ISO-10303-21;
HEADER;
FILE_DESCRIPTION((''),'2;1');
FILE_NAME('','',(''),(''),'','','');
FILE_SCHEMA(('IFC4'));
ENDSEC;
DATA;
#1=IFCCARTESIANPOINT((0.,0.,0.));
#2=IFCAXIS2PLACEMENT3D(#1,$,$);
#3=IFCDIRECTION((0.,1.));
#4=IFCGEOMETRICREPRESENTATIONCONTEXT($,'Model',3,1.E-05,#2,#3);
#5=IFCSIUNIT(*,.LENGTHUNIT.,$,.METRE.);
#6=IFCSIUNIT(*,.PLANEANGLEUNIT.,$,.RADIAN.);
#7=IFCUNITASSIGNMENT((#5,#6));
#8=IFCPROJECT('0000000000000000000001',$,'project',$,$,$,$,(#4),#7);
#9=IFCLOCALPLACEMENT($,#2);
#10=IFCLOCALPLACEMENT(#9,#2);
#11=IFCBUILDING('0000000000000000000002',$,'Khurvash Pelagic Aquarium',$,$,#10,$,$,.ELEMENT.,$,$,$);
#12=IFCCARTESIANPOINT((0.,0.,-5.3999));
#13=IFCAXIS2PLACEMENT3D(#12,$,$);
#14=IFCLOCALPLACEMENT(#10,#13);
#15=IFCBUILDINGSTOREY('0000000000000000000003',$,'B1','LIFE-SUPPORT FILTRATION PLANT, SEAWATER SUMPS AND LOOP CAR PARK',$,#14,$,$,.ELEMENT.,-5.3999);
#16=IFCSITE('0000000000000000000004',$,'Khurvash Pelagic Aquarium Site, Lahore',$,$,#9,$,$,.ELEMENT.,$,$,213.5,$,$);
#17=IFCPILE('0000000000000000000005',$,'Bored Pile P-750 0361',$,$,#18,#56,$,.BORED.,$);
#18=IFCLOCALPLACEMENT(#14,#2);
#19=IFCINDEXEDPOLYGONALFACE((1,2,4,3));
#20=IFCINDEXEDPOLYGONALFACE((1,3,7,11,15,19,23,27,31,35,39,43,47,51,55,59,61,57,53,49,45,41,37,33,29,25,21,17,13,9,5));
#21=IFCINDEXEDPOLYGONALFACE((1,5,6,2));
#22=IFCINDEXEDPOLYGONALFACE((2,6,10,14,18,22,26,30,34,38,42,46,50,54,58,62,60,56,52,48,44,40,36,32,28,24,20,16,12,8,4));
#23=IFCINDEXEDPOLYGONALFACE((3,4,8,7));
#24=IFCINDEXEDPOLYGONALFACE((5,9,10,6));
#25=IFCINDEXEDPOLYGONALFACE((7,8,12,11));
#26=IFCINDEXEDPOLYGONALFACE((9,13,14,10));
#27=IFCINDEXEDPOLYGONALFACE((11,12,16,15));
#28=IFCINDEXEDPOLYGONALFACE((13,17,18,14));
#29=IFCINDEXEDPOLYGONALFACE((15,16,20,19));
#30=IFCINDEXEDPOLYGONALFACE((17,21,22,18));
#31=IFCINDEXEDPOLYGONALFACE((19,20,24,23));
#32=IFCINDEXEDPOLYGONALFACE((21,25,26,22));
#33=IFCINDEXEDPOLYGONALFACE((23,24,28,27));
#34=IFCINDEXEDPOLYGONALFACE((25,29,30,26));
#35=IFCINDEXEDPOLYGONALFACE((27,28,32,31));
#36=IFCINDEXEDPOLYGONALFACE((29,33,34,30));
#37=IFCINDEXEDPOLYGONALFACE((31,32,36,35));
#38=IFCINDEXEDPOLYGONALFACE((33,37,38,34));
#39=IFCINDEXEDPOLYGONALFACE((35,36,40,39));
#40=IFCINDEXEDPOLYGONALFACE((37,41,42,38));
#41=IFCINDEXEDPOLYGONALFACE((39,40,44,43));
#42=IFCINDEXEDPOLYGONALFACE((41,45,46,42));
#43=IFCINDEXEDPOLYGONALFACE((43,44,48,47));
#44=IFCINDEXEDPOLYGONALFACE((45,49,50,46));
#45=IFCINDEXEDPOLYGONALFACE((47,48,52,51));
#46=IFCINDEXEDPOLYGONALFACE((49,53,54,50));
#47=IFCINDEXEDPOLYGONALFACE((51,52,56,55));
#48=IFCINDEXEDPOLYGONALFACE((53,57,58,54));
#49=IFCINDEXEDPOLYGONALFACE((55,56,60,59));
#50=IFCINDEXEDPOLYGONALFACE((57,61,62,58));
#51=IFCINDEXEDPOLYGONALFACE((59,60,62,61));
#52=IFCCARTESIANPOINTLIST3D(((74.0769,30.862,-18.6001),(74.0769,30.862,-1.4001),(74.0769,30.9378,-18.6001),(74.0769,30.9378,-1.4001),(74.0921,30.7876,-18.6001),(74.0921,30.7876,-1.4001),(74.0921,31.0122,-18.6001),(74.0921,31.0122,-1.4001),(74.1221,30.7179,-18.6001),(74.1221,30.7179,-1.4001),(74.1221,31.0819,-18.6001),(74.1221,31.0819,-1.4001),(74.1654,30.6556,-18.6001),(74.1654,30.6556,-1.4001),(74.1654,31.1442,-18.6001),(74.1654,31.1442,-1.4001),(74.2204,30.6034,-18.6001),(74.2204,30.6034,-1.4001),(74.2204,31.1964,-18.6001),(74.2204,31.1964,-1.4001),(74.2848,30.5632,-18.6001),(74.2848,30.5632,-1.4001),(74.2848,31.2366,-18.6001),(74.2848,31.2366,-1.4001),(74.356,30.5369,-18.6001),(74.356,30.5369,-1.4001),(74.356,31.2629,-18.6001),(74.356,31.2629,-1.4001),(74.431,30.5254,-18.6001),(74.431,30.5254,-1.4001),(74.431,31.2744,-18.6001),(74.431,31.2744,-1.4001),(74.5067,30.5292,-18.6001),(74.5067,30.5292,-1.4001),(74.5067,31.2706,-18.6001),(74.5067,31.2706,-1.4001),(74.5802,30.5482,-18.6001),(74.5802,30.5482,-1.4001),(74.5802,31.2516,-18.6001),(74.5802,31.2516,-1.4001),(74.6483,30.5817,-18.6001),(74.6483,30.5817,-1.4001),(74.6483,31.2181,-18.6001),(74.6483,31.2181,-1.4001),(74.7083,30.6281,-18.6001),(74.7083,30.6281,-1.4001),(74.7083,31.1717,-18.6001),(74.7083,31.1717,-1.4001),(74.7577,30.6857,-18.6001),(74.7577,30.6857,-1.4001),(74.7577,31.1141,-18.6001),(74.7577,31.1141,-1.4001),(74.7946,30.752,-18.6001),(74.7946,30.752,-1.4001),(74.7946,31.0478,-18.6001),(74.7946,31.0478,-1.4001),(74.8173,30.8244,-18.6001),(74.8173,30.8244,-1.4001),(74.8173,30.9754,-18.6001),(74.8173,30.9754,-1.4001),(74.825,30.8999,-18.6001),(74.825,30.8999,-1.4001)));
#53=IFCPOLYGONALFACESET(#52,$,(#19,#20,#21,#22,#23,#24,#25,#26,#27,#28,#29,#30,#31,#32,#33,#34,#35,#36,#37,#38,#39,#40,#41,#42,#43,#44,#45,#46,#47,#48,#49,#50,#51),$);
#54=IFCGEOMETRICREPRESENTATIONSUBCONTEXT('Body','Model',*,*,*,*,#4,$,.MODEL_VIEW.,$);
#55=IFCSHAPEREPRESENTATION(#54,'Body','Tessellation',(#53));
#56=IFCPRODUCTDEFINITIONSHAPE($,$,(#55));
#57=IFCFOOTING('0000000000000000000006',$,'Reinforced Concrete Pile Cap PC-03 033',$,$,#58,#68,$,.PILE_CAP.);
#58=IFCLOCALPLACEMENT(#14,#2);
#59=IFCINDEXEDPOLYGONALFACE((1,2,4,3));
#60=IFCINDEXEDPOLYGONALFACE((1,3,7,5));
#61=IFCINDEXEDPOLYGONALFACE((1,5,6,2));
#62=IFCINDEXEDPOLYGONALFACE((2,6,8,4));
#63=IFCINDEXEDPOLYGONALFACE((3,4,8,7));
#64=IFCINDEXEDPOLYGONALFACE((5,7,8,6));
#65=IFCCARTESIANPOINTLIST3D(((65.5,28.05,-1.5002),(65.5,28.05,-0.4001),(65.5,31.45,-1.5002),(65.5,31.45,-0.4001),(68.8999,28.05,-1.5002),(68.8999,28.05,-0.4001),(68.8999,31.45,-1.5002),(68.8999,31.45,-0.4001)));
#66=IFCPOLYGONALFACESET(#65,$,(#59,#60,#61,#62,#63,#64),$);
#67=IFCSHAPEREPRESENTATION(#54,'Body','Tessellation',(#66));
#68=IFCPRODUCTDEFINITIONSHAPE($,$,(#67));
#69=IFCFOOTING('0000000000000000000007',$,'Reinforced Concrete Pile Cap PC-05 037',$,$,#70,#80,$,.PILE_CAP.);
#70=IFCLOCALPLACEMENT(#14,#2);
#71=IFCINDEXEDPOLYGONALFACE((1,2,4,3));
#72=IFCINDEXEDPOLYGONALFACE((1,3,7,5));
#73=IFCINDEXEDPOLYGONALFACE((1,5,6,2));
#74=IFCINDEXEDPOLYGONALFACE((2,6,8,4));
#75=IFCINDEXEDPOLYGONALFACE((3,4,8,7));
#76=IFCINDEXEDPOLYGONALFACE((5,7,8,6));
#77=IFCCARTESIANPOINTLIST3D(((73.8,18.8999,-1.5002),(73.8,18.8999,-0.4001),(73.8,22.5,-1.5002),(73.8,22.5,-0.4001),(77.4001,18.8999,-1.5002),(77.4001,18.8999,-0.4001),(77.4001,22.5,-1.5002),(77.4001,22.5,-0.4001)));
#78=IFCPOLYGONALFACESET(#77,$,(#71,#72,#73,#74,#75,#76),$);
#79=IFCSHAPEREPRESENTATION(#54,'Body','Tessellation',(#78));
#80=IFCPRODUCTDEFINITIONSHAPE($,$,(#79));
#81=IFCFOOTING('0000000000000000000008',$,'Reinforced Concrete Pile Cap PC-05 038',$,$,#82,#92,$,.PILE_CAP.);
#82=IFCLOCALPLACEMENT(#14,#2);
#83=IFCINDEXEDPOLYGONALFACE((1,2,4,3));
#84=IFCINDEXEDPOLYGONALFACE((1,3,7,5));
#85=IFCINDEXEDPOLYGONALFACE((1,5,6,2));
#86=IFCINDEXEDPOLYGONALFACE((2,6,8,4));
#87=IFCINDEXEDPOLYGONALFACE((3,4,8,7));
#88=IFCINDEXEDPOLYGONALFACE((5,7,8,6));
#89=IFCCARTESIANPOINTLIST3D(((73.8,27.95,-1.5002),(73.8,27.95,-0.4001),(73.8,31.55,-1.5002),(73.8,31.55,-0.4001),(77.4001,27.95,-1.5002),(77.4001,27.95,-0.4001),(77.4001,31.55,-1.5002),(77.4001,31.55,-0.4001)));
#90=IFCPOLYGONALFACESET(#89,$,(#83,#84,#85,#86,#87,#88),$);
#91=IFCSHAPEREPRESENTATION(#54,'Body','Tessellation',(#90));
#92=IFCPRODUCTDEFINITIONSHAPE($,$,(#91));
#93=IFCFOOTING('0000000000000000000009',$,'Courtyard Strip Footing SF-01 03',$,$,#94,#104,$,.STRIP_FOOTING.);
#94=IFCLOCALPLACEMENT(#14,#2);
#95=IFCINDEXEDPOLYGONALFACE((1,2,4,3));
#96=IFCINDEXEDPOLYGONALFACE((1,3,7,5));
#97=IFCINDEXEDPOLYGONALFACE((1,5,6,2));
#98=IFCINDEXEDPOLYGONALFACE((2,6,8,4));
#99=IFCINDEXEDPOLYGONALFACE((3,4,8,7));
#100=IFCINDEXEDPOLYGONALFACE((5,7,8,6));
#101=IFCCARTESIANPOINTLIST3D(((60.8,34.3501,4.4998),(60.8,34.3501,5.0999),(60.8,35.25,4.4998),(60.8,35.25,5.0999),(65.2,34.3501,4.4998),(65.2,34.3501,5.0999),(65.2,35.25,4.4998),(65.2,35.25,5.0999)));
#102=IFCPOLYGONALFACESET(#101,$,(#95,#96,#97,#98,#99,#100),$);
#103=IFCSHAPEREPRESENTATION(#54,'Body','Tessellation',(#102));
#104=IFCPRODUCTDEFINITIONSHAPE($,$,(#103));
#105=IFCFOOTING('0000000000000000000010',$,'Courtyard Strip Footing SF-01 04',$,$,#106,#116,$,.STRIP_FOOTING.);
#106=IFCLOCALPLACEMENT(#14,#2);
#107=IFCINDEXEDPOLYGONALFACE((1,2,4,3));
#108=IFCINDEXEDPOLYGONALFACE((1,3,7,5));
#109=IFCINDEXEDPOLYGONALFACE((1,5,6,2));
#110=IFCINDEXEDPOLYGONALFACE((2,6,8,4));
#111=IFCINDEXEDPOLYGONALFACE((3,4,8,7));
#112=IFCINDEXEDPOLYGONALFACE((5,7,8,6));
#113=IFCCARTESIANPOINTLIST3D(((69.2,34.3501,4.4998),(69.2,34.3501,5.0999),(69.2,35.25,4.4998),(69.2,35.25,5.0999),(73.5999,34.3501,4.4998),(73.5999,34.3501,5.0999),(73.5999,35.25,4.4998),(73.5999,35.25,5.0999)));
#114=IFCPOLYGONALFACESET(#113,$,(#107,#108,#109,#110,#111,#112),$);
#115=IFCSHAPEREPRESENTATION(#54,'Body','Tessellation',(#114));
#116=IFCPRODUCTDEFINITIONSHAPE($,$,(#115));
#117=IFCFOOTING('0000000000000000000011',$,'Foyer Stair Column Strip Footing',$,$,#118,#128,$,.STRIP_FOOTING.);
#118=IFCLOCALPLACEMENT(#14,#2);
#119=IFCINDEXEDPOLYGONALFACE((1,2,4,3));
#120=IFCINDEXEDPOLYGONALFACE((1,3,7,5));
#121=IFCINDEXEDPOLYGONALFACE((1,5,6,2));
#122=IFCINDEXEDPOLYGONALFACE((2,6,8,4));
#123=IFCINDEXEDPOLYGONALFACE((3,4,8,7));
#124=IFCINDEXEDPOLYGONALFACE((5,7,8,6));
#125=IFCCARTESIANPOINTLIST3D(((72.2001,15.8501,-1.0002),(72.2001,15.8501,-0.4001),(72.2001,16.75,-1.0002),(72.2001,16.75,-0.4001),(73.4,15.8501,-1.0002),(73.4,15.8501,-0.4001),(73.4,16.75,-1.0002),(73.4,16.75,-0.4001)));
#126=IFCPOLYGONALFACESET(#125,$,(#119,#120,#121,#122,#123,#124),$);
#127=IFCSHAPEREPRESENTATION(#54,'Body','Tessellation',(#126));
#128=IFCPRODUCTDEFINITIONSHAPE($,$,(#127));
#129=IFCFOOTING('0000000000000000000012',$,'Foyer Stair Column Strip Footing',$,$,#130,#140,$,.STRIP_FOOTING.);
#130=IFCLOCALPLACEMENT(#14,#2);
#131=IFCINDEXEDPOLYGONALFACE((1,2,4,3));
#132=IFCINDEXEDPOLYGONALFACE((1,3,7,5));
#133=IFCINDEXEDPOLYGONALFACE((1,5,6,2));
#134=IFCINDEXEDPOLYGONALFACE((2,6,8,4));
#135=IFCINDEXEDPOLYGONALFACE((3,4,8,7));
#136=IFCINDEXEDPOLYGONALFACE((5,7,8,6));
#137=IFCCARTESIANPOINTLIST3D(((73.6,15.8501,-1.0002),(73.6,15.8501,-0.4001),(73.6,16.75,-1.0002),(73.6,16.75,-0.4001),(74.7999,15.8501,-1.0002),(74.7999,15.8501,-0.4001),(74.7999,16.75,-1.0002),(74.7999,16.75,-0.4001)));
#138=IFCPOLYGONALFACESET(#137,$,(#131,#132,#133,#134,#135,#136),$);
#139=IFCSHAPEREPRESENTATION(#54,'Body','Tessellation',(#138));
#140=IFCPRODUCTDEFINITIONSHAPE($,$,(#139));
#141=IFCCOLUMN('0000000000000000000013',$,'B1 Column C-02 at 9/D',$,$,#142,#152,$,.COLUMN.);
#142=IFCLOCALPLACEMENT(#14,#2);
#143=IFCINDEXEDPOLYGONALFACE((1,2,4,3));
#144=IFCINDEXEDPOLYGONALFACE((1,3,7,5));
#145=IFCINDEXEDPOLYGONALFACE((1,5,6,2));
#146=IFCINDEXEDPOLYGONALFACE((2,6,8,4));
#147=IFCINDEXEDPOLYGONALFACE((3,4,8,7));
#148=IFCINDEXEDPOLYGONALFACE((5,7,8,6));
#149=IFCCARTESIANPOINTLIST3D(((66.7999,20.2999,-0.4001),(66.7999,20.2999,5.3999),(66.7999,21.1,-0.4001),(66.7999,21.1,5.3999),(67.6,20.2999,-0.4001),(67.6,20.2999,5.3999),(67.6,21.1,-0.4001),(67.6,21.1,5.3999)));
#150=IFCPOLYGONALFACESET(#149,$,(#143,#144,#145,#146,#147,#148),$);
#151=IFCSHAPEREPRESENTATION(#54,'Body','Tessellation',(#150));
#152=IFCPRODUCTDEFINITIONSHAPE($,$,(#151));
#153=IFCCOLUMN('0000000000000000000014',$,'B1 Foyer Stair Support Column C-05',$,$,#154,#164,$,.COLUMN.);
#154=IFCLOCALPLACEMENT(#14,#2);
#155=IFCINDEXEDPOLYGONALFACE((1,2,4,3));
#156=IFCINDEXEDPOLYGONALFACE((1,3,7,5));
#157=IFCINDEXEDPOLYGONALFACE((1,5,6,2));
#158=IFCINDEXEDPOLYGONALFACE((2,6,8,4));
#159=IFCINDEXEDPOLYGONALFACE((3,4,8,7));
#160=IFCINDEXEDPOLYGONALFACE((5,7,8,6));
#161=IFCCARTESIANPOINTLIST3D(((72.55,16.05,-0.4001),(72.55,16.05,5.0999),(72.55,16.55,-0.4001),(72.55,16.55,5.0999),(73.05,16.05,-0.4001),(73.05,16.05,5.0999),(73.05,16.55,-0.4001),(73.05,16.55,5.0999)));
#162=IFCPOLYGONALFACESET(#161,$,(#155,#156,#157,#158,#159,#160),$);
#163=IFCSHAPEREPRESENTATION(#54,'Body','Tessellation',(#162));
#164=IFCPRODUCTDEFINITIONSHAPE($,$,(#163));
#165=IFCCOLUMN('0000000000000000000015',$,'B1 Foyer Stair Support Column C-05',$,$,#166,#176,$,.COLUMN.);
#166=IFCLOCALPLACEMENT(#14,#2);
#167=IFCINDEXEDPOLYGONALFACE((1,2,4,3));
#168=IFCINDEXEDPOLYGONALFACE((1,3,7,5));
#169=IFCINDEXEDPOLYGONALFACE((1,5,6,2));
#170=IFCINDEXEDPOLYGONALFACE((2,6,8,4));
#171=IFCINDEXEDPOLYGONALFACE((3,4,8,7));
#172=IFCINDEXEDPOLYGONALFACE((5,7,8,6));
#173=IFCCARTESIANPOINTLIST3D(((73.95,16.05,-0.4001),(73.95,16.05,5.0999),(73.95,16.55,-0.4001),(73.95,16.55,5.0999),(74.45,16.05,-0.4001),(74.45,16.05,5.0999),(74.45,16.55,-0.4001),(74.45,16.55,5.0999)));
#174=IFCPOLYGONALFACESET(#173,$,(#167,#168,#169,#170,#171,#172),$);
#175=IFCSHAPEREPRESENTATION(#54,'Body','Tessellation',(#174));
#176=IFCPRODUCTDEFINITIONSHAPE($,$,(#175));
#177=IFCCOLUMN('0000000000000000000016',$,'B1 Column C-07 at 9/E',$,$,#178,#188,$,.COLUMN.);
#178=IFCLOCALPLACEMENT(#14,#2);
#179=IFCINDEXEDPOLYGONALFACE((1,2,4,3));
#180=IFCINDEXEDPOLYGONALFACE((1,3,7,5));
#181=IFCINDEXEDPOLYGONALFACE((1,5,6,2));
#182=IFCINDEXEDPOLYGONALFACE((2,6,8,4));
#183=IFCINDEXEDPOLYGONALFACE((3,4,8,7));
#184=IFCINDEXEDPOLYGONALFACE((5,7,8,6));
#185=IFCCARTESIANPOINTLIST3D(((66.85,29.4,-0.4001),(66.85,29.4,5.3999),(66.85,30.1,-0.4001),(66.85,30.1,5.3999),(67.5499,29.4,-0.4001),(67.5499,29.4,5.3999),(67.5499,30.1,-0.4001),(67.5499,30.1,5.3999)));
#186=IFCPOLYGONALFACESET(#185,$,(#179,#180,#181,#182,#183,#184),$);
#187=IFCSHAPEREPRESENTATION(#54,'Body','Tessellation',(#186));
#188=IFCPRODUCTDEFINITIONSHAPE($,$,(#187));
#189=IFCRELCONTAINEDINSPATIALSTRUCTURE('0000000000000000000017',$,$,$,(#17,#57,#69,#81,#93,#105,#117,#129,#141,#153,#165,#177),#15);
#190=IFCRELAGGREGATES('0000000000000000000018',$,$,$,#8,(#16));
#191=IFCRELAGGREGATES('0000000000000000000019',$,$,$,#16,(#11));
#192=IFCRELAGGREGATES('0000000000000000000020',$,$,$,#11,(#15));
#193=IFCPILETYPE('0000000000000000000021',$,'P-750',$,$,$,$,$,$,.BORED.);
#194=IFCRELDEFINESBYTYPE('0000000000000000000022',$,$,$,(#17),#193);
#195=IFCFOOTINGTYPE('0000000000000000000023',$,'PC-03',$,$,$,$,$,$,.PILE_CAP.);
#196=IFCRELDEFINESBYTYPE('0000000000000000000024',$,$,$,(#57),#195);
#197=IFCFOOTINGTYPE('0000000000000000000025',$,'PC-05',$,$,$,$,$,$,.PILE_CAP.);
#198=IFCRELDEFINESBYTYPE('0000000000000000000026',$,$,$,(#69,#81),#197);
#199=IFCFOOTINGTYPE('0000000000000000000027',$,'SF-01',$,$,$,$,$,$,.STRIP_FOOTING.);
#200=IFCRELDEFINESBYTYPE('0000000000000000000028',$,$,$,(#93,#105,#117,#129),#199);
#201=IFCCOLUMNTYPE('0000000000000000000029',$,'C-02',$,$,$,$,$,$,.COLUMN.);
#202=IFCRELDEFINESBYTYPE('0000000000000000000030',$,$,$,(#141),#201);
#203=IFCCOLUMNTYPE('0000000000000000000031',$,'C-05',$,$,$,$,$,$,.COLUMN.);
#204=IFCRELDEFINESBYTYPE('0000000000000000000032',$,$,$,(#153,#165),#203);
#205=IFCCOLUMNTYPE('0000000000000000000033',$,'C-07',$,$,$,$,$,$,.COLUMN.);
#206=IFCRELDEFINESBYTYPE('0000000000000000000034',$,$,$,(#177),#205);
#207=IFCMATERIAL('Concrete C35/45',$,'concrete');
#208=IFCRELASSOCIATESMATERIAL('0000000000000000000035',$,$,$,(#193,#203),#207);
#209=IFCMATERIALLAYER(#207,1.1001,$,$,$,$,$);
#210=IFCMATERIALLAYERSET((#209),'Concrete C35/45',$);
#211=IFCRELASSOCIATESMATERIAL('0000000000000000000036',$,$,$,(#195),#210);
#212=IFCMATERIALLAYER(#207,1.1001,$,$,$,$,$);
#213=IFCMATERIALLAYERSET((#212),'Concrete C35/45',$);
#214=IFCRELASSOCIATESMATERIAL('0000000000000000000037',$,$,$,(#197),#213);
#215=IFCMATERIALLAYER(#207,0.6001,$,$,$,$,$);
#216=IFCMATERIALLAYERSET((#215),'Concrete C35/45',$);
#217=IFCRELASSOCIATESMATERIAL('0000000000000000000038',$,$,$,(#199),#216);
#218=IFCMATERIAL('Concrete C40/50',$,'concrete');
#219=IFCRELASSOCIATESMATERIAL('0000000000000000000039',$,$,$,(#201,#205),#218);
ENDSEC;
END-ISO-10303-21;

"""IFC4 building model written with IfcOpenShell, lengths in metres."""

from ifc_helpers import new_model, si_unit, direction, frame, origin, origin_2d, place, context, subcontext, project, spatial, rectangle, circle, extrude, material, layer, layer_set, material_profile, profile_set, type_object, element, save


model = new_model("IFC4")

# Units and contexts
model_context = context("Model", 3, precision=1e-05, world=origin(), true_north=direction((0.0, 1.0)))
body_context = subcontext(model_context, "Body", "Model", "MODEL_VIEW")
ifc_project = project(units=[si_unit("LENGTHUNIT", "METRE"), si_unit("PLANEANGLEUNIT", "RADIAN")], contexts=[model_context])

# Site, building, storey
site_placement = place(None, origin())
site = spatial("IfcSite", under=ifc_project, at=site_placement, Name="Khurvash Pelagic Aquarium Site, Lahore", CompositionType="ELEMENT", RefElevation=213.5)
building_placement = place(site_placement, origin())
building = spatial("IfcBuilding", under=site, at=building_placement, Name="Khurvash Pelagic Aquarium", CompositionType="ELEMENT")
storey_placement = place(building_placement, frame((0.0, 0.0, -5.3999)))
storey = spatial("IfcBuildingStorey", under=building, at=storey_placement, Name="B1", Description="LIFE-SUPPORT FILTRATION PLANT, SEAWATER SUMPS AND LOOP CAR PARK", CompositionType="ELEMENT", Elevation=-5.3999)

# Shared definitions
ifc_material_1 = material(Name="Concrete C35/45", Category="concrete")

# Pile
ifc_material_profile_1 = material_profile(ifc_material_1, circle(Radius=0.375, at=origin_2d()), Name="PILE750")
ifc_profile_set_1 = profile_set([ifc_material_profile_1], Name="Concrete C35/45")
pile_type = type_object("IfcPileType", Name="P-750", PredefinedType="BORED", material=ifc_profile_set_1)
for number, where, z_axis, x_axis, name in (
    (1, (74.45, 30.8999, -1.4001), (0.0, 0.0, -1.0), (1.0, 0.0, 0.0), "Bored Pile P-750 0361"),
):
    element("IfcPile", number, at=place(storey_placement, frame(where, z_axis=z_axis, x_axis=x_axis)), inside=storey, type_object=pile_type, Name=name, PredefinedType="BORED", context=body_context, shape_type="SweptSolid", body=[
        extrude(circle(Radius=0.375, at=origin_2d()), origin(), (0.0, 0.0, 1.0), 17.2),
    ])

# Footings
ifc_layer_1 = layer(ifc_material_1, 1.1001)
ifc_layer_set_1 = layer_set([ifc_layer_1], Name="Concrete C35/45")
footing_type_1 = type_object("IfcFootingType", Name="PC-03", PredefinedType="PILE_CAP", material=ifc_layer_set_1)
footing_placement = place(storey_placement, frame((67.2, 29.75, -1.5002), z_axis=(0.0, 0.0, 1.0), x_axis=(1.0, 0.0, 0.0)))
element("IfcFooting", 2, at=footing_placement, inside=storey, type_object=footing_type_1, Name="Reinforced Concrete Pile Cap PC-03 033", PredefinedType="PILE_CAP", context=body_context, shape_type="SweptSolid", body=[
    extrude(rectangle(XDim=3.3999, YDim=3.3999, at=origin_2d()), origin(), (0.0, 0.0, 1.0), 1.1001),
])
ifc_layer_2 = layer(ifc_material_1, 1.1001)
ifc_layer_set_2 = layer_set([ifc_layer_2], Name="Concrete C35/45")
footing_type_2 = type_object("IfcFootingType", Name="PC-05", PredefinedType="PILE_CAP", material=ifc_layer_set_2)
for number, where, z_axis, x_axis, name in (
    (3, (75.6001, 20.7, -1.5002), (0.0, 0.0, 1.0), (1.0, 0.0, 0.0), "Reinforced Concrete Pile Cap PC-05 037"),
    (4, (75.6001, 29.75, -1.5002), (0.0, 0.0, 1.0), (1.0, 0.0, 0.0), "Reinforced Concrete Pile Cap PC-05 038"),
):
    element("IfcFooting", number, at=place(storey_placement, frame(where, z_axis=z_axis, x_axis=x_axis)), inside=storey, type_object=footing_type_2, Name=name, PredefinedType="PILE_CAP", context=body_context, shape_type="SweptSolid", body=[
        extrude(rectangle(XDim=3.6001, YDim=3.6001, at=origin_2d()), origin(), (0.0, 0.0, 1.0), 1.1001),
    ])
ifc_layer_3 = layer(ifc_material_1, 0.6001)
ifc_layer_set_3 = layer_set([ifc_layer_3], Name="Concrete C35/45")
footing_type_3 = type_object("IfcFootingType", Name="SF-01", PredefinedType="STRIP_FOOTING", material=ifc_layer_set_3)
for number, where, z_axis, x_axis, name in (
    (5, (63.0, 34.8, 4.4998), (0.0, 0.0, 1.0), (1.0, 0.0, 0.0), "Courtyard Strip Footing SF-01 03"),
    (6, (71.3999, 34.8, 4.4998), (0.0, 0.0, 1.0), (1.0, 0.0, 0.0), "Courtyard Strip Footing SF-01 04"),
):
    element("IfcFooting", number, at=place(storey_placement, frame(where, z_axis=z_axis, x_axis=x_axis)), inside=storey, type_object=footing_type_3, Name=name, PredefinedType="STRIP_FOOTING", context=body_context, shape_type="SweptSolid", body=[
        extrude(rectangle(XDim=4.3999, YDim=0.8999, at=origin_2d()), origin(), (0.0, 0.0, 1.0), 0.6001),
    ])
for number, where, z_axis, x_axis, name in (
    (7, (72.8, 16.3, -1.0002), (0.0, 0.0, 1.0), (1.0, 0.0, 0.0), "Foyer Stair Column Strip Footing"),
    (8, (74.2, 16.3, -1.0002), (0.0, 0.0, 1.0), (1.0, 0.0, 0.0), "Foyer Stair Column Strip Footing"),
):
    element("IfcFooting", number, at=place(storey_placement, frame(where, z_axis=z_axis, x_axis=x_axis)), inside=storey, type_object=footing_type_3, Name=name, PredefinedType="STRIP_FOOTING", context=body_context, shape_type="SweptSolid", body=[
        extrude(rectangle(XDim=1.2, YDim=0.8999, at=origin_2d()), origin(), (0.0, 0.0, 1.0), 0.6001),
    ])

# Columns
ifc_material_2 = material(Name="Concrete C40/50", Category="concrete")
ifc_material_profile_2 = material_profile(ifc_material_2, rectangle(XDim=0.8, YDim=0.8, at=origin_2d()), Name="RC800X800")
ifc_profile_set_2 = profile_set([ifc_material_profile_2], Name="Concrete C40/50")
column_type_1 = type_object("IfcColumnType", Name="C-02", PredefinedType="COLUMN", material=ifc_profile_set_2)
column_1_placement = place(storey_placement, frame((67.2, 20.7, -0.4001), z_axis=(0.0, 0.0, 1.0), x_axis=(1.0, 0.0, 0.0)))
element("IfcColumn", 9, at=column_1_placement, inside=storey, type_object=column_type_1, Name="B1 Column C-02 at 9/D", PredefinedType="COLUMN", context=body_context, shape_type="SweptSolid", body=[
    extrude(rectangle(XDim=0.8, YDim=0.8, at=origin_2d()), origin(), (0.0, 0.0, 1.0), 5.8),
])
ifc_material_profile_3 = material_profile(ifc_material_1, rectangle(XDim=0.5, YDim=0.5, at=origin_2d()), Name="RC500X500")
ifc_profile_set_3 = profile_set([ifc_material_profile_3], Name="Concrete C35/45")
column_type_2 = type_object("IfcColumnType", Name="C-05", PredefinedType="COLUMN", material=ifc_profile_set_3)
for number, where, z_axis, x_axis, name in (
    (10, (72.8, 16.3, -0.4001), (0.0, 0.0, 1.0), (1.0, 0.0, 0.0), "B1 Foyer Stair Support Column C-05"),
    (11, (74.2, 16.3, -0.4001), (0.0, 0.0, 1.0), (1.0, 0.0, 0.0), "B1 Foyer Stair Support Column C-05"),
):
    element("IfcColumn", number, at=place(storey_placement, frame(where, z_axis=z_axis, x_axis=x_axis)), inside=storey, type_object=column_type_2, Name=name, PredefinedType="COLUMN", context=body_context, shape_type="SweptSolid", body=[
        extrude(rectangle(XDim=0.5, YDim=0.5, at=origin_2d()), origin(), (0.0, 0.0, 1.0), 5.5),
    ])
ifc_material_profile_4 = material_profile(ifc_material_2, rectangle(XDim=0.7, YDim=0.7, at=origin_2d()), Name="RC700X700")
ifc_profile_set_4 = profile_set([ifc_material_profile_4], Name="Concrete C40/50")
column_type_3 = type_object("IfcColumnType", Name="C-07", PredefinedType="COLUMN", material=ifc_profile_set_4)
column_2_placement = place(storey_placement, frame((67.2, 29.75, -0.4001), z_axis=(0.0, 0.0, 1.0), x_axis=(1.0, 0.0, 0.0)))
element("IfcColumn", 12, at=column_2_placement, inside=storey, type_object=column_type_3, Name="B1 Column C-07 at 9/E", PredefinedType="COLUMN", context=body_context, shape_type="SweptSolid", body=[
    extrude(rectangle(XDim=0.7, YDim=0.7, at=origin_2d()), origin(), (0.0, 0.0, 1.0), 5.8),
])

save(model, "model.ifc")
